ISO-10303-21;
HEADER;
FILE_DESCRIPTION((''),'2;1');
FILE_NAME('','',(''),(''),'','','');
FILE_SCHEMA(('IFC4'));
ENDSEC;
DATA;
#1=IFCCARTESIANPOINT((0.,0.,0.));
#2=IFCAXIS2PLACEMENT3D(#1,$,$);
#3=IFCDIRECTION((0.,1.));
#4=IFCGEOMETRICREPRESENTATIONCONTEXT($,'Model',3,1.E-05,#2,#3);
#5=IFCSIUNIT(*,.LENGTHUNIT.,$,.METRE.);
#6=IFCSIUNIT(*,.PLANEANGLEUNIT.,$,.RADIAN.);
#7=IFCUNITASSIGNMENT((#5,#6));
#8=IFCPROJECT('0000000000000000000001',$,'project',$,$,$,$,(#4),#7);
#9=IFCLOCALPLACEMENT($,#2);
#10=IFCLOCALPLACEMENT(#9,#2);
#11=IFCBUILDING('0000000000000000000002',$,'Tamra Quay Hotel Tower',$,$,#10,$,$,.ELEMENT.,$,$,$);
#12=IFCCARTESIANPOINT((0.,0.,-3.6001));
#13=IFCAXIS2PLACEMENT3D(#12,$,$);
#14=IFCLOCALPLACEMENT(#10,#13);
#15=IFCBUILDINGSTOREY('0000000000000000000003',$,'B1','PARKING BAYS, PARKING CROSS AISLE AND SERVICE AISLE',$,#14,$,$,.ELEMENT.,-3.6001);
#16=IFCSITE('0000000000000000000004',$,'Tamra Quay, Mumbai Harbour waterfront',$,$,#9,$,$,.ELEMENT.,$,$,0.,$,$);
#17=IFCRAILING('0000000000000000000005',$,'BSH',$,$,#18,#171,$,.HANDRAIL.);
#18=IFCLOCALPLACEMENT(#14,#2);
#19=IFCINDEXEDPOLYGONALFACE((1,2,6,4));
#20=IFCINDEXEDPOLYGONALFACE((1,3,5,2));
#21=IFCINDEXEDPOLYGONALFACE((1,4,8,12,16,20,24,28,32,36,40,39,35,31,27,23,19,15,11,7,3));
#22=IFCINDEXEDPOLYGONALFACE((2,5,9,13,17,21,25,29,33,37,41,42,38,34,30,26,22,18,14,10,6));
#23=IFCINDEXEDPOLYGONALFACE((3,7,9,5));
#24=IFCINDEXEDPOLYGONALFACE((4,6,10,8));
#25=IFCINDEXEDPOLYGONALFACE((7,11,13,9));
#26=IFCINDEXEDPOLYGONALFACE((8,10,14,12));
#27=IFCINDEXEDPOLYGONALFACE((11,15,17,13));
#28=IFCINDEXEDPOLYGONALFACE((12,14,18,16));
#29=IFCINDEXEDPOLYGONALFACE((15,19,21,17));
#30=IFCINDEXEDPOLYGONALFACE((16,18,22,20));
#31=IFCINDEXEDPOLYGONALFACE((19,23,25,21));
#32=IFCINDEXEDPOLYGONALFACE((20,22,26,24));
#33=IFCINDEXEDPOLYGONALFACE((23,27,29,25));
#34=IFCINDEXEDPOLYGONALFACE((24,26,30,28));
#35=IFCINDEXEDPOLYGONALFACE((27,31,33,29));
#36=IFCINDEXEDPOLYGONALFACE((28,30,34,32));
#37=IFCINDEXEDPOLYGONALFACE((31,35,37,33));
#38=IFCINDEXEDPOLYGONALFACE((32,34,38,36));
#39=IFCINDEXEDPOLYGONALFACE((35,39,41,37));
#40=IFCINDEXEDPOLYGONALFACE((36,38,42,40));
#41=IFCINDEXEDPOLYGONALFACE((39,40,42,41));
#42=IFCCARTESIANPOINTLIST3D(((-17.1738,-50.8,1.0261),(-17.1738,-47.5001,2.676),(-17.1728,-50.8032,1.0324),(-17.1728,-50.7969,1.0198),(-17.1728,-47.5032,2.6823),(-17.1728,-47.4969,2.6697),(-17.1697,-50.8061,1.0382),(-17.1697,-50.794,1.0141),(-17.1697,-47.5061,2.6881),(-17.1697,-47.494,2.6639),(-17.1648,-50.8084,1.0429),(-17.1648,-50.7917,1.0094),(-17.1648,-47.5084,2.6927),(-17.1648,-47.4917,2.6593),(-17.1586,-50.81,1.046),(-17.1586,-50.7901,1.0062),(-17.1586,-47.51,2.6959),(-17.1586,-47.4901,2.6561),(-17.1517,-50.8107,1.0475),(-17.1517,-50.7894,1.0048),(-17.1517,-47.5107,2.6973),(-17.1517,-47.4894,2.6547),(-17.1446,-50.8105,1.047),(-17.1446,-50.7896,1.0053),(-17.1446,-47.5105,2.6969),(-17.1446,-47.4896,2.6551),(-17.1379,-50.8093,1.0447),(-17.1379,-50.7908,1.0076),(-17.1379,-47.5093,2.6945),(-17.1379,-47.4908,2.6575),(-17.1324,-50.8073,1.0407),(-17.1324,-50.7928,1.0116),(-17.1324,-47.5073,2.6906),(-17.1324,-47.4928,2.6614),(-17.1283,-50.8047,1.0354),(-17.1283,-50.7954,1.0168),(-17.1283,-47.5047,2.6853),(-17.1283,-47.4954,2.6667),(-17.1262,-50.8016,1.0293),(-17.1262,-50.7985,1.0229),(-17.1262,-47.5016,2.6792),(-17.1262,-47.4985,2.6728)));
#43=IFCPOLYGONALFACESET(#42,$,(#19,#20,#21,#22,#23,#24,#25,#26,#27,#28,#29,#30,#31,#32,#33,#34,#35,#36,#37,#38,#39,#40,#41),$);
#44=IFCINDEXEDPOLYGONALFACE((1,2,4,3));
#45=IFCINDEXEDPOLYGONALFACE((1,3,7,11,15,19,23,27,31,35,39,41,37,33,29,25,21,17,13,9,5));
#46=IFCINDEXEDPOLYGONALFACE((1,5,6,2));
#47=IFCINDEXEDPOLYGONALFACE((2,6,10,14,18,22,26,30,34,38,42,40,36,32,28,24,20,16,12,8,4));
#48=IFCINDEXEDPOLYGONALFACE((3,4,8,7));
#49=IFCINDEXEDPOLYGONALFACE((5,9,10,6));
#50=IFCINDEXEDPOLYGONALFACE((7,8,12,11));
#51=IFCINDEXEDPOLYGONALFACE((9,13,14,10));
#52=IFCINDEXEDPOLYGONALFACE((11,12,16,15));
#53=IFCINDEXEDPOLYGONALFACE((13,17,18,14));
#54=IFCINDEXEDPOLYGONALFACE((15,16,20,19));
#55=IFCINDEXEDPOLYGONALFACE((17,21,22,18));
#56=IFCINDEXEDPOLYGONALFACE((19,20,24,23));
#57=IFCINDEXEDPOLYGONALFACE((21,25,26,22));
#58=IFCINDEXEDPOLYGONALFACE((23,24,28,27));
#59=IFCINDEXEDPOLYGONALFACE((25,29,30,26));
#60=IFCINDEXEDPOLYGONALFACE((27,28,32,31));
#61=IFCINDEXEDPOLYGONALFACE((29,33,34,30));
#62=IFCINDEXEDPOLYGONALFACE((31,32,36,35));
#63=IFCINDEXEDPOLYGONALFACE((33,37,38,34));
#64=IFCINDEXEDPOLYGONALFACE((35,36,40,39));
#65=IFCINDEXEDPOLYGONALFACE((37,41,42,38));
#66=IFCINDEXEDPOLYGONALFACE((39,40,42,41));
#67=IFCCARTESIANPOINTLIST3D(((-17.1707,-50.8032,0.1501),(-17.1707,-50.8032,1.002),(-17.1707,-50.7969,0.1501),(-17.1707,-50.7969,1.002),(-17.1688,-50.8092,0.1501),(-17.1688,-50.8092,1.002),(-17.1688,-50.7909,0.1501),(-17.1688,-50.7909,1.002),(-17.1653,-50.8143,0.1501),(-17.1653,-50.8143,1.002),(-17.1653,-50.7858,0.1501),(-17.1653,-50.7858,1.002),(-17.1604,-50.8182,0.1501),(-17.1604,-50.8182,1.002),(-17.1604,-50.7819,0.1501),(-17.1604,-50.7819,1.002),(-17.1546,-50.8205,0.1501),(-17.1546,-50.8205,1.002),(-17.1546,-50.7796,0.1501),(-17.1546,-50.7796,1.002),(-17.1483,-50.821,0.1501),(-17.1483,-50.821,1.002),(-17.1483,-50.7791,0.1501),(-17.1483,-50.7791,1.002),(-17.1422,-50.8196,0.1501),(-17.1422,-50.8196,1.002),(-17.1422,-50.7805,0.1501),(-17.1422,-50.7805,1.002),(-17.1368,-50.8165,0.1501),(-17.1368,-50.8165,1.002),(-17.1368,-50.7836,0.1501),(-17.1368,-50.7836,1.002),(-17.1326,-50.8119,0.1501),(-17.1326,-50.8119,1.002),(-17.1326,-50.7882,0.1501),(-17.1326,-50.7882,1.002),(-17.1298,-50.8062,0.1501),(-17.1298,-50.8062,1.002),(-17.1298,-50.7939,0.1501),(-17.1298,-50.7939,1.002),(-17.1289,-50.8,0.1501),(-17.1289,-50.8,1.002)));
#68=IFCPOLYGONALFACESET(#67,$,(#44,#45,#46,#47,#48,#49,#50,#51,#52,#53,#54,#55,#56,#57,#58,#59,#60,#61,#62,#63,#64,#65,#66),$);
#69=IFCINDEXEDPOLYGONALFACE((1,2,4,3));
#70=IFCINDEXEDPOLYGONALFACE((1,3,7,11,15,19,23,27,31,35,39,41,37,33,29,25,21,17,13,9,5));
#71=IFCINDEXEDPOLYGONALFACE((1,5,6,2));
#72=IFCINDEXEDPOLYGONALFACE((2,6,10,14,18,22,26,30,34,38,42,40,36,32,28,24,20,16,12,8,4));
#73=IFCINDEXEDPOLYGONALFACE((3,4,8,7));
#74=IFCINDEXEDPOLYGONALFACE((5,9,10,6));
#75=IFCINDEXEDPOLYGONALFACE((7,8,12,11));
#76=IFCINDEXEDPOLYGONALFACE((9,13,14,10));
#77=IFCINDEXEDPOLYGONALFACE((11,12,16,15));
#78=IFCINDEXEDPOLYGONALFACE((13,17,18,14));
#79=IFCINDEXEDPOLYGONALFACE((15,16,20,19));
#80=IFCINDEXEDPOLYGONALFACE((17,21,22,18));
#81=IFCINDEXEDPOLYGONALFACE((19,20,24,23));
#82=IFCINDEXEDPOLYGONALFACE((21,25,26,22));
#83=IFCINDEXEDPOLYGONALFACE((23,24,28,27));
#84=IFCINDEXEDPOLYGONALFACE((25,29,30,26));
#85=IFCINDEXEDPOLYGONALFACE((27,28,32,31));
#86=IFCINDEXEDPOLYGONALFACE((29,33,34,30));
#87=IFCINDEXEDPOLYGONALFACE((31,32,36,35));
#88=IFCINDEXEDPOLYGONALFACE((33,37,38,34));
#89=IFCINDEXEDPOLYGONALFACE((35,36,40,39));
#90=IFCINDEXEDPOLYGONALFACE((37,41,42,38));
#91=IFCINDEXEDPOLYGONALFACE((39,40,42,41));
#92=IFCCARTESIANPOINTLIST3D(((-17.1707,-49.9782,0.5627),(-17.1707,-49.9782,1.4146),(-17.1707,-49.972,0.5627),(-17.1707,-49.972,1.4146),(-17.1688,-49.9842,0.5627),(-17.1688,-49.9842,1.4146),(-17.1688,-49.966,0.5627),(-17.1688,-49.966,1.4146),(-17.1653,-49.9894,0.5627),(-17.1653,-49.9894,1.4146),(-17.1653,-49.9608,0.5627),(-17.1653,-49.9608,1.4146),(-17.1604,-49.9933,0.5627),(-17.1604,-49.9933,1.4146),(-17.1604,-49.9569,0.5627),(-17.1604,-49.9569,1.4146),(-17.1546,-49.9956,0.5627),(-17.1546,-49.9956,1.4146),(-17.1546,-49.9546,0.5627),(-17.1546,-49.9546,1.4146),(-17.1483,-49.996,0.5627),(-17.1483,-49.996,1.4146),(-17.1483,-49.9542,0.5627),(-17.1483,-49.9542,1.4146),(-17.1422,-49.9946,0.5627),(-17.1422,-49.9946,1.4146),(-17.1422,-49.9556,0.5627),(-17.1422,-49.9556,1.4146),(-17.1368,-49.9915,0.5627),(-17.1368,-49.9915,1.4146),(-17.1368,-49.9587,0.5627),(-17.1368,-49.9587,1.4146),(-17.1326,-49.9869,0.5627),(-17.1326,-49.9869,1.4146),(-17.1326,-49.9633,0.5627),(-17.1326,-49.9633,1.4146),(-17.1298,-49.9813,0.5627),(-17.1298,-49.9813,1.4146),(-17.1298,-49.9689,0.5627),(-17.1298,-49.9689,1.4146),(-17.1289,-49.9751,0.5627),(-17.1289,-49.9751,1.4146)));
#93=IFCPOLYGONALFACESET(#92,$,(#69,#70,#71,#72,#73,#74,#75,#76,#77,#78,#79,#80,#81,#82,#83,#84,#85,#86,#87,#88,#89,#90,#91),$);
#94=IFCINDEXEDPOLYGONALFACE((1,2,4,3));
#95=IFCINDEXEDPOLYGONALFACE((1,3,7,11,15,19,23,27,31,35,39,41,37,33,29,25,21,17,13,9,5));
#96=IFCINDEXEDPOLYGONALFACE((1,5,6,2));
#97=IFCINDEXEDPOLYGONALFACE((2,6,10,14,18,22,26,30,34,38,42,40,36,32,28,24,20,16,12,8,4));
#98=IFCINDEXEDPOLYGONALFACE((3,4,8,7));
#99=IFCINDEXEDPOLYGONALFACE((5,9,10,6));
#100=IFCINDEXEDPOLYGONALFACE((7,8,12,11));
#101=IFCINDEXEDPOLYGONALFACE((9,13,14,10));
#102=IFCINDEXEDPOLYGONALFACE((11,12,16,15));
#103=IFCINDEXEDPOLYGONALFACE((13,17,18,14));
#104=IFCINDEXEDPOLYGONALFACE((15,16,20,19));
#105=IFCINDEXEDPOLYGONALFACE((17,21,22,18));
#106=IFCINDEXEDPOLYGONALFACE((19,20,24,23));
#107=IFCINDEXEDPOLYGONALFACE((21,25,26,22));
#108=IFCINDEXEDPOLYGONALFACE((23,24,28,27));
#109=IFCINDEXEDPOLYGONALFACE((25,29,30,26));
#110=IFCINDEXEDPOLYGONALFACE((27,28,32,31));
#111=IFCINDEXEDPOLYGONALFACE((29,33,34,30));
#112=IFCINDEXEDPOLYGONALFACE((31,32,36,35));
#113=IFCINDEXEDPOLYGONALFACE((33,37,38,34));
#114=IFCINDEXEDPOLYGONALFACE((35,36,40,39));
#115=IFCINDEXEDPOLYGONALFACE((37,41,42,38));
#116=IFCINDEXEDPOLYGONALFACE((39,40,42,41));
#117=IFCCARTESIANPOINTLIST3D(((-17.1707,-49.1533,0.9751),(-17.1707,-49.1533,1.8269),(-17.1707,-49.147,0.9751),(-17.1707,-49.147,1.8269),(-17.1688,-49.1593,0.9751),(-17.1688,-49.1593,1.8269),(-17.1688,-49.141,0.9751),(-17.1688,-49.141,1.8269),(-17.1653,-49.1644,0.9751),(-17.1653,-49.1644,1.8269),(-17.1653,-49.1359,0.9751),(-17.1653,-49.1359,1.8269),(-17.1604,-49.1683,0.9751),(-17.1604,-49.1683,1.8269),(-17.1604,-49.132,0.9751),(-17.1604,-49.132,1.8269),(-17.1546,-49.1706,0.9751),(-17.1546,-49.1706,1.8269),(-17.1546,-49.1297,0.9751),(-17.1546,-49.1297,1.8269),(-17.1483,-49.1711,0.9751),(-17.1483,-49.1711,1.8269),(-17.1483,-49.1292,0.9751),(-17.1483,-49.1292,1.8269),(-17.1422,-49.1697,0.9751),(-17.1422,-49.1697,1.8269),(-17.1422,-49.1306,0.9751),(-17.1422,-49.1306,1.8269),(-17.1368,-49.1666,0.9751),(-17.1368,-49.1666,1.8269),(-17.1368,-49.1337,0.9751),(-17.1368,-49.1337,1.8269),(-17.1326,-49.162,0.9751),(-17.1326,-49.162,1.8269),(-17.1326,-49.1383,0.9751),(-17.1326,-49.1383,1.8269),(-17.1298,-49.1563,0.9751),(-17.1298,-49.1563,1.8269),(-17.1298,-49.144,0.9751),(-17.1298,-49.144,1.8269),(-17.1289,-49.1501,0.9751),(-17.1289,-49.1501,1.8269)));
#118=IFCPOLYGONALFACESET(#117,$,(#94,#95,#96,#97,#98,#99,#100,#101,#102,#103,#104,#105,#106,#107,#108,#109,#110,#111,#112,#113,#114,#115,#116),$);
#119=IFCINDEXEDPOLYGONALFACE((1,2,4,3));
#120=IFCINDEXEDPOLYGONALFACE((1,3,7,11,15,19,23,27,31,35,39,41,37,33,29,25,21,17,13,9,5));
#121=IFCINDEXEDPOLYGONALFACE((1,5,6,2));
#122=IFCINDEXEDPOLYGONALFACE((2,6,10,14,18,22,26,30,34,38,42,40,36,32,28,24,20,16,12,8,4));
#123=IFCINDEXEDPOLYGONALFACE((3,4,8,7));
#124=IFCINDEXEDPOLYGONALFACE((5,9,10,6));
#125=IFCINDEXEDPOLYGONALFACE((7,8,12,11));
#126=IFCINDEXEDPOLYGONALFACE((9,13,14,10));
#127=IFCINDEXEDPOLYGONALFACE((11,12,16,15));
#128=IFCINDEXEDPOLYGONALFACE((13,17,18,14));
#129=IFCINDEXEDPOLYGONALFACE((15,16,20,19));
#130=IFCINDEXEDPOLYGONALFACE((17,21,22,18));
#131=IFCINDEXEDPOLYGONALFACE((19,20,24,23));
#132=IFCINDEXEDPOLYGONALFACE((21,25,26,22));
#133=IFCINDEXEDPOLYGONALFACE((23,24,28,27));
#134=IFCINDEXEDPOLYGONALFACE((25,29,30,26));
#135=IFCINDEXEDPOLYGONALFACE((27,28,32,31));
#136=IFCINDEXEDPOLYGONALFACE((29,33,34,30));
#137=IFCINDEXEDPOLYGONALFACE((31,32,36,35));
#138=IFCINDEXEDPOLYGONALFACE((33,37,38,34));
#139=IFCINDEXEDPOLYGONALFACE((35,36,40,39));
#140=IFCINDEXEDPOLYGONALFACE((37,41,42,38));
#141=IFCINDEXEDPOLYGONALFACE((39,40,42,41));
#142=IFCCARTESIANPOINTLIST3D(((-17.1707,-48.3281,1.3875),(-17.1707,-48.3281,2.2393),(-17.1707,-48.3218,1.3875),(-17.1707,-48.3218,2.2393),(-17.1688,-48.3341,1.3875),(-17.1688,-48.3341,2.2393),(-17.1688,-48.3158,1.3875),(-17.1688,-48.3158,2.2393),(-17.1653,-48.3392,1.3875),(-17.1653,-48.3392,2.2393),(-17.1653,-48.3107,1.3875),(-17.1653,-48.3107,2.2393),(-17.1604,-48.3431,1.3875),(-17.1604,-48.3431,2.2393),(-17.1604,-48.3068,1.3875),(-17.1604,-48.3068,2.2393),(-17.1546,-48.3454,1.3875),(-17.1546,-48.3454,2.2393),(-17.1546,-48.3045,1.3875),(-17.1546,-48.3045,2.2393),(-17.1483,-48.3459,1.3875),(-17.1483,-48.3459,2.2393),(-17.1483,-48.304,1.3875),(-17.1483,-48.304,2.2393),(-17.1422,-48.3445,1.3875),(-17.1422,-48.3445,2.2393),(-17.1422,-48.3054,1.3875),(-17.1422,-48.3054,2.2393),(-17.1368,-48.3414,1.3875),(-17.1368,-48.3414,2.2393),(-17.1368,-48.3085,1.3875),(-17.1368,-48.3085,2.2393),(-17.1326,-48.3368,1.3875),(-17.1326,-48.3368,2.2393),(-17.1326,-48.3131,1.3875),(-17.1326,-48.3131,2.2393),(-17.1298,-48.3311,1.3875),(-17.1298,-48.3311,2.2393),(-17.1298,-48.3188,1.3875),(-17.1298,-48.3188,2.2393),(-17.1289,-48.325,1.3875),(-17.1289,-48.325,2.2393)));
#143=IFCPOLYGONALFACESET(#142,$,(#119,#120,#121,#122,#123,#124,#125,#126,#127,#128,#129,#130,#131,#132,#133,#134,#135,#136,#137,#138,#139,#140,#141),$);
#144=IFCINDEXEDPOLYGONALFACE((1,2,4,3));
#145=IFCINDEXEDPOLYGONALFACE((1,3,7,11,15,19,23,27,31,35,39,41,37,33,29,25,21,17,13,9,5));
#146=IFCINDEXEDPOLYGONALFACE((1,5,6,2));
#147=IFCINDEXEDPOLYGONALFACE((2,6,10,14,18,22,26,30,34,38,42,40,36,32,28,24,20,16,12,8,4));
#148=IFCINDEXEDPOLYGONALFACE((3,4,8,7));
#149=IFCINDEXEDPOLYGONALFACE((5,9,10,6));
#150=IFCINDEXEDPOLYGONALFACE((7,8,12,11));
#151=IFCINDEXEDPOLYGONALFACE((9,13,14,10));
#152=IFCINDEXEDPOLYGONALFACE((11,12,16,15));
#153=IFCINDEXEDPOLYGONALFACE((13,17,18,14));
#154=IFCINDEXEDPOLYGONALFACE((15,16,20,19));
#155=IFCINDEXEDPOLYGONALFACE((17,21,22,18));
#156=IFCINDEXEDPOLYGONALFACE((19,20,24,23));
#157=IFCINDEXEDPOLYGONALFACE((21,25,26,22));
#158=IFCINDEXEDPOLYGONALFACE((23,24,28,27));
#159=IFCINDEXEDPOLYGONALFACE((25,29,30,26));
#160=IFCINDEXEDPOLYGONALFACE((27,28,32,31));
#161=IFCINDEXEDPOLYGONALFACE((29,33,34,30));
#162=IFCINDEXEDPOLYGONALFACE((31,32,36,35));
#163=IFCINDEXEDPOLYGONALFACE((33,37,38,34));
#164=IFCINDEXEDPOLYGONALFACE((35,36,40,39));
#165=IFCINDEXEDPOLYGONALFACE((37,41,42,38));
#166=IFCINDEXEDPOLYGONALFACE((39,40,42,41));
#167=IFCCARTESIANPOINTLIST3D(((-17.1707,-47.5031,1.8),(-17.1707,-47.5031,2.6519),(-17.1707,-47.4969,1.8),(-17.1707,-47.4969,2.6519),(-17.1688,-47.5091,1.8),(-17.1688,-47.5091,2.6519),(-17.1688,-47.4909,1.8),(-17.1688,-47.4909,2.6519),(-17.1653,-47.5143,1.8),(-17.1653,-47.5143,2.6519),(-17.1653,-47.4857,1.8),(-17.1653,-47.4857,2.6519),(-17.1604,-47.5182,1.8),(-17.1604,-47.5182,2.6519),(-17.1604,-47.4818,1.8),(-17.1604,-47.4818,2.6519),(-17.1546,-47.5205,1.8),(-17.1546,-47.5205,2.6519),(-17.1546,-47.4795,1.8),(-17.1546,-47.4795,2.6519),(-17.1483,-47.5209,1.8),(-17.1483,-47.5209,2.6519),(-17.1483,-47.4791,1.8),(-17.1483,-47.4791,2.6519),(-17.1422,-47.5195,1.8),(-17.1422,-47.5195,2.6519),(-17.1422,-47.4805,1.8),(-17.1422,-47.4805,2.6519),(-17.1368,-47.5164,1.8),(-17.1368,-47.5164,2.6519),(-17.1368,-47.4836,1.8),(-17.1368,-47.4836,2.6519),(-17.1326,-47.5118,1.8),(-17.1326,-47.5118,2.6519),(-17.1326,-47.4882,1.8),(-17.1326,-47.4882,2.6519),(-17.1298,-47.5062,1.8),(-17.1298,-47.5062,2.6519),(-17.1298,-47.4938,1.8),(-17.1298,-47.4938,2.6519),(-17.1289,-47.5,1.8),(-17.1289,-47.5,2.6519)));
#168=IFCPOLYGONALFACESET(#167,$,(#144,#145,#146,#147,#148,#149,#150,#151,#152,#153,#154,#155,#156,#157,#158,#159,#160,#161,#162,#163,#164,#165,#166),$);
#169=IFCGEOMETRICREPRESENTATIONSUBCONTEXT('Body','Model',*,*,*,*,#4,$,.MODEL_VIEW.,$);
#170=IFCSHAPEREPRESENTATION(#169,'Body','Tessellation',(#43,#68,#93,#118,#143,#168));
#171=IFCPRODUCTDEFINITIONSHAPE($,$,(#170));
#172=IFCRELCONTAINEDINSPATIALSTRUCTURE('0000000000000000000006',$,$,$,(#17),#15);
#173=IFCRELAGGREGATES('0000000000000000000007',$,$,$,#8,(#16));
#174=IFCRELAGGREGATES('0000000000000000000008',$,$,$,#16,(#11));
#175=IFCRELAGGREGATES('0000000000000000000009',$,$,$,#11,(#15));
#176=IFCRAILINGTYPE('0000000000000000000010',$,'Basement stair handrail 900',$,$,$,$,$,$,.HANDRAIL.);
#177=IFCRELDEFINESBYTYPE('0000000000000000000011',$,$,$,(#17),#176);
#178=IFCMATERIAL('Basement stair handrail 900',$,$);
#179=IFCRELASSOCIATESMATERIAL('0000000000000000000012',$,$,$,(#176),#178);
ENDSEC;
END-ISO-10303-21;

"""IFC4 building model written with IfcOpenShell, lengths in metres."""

from ifc_helpers import new_model, si_unit, direction, frame, origin, origin_2d, place, context, subcontext, project, spatial, circle, extrude, material, type_object, element, save


model = new_model("IFC4")

# Units and contexts
model_context = context("Model", 3, precision=1e-05, world=origin(), true_north=direction((0.0, 1.0)))
body_context = subcontext(model_context, "Body", "Model", "MODEL_VIEW")
ifc_project = project(units=[si_unit("LENGTHUNIT", "METRE"), si_unit("PLANEANGLEUNIT", "RADIAN")], contexts=[model_context])

# Site, building, storey
site_placement = place(None, origin())
site = spatial("IfcSite", under=ifc_project, at=site_placement, Name="Tamra Quay, Mumbai Harbour waterfront", CompositionType="ELEMENT", RefElevation=0.0)
building_placement = place(site_placement, origin())
building = spatial("IfcBuilding", under=site, at=building_placement, Name="Tamra Quay Hotel Tower", CompositionType="ELEMENT")
storey_placement = place(building_placement, frame((0.0, 0.0, -3.6001)))
storey = spatial("IfcBuildingStorey", under=building, at=storey_placement, Name="B1", Description="PARKING BAYS, PARKING CROSS AISLE AND SERVICE AISLE", CompositionType="ELEMENT", Elevation=-3.6001)

# Railing
ifc_material_1 = material(Name="Basement stair handrail 900")
railing_type_1 = type_object("IfcRailingType", Name="Basement stair handrail 900", PredefinedType="HANDRAIL", material=ifc_material_1)
railing_1_placement = place(storey_placement, frame((-17.1499, -50.8, 0.1501)))
element("IfcRailing", 1, at=railing_1_placement, inside=storey, type_object=railing_type_1, Name="BSH", PredefinedType="HANDRAIL", context=body_context, shape_type="SweptSolid", body=[
    extrude(circle(Radius=0.0239, at=origin_2d()), frame((0.0, 0.0, 0.876), z_axis=(0.0, 0.89444, 0.447187), x_axis=(-1.0, 0.0, 0.0)), (0.0, 0.0, 1.0), 3.6895),
    extrude(circle(Radius=0.021, at=origin_2d()), origin(), (0.0, 0.0, 1.0), 0.8518),
    extrude(circle(Radius=0.021, at=origin_2d()), frame((0.0, 0.825, 0.4126)), (0.0, 0.0, 1.0), 0.8518),
    extrude(circle(Radius=0.021, at=origin_2d()), frame((0.0, 1.6499, 0.825)), (0.0, 0.0, 1.0), 0.8518),
    extrude(circle(Radius=0.021, at=origin_2d()), frame((0.0, 2.4751, 1.2373)), (0.0, 0.0, 1.0), 0.8518),
    extrude(circle(Radius=0.021, at=origin_2d()), frame((0.0, 3.3, 1.6499)), (0.0, 0.0, 1.0), 0.8518),
])

save(model, "model.ifc")
